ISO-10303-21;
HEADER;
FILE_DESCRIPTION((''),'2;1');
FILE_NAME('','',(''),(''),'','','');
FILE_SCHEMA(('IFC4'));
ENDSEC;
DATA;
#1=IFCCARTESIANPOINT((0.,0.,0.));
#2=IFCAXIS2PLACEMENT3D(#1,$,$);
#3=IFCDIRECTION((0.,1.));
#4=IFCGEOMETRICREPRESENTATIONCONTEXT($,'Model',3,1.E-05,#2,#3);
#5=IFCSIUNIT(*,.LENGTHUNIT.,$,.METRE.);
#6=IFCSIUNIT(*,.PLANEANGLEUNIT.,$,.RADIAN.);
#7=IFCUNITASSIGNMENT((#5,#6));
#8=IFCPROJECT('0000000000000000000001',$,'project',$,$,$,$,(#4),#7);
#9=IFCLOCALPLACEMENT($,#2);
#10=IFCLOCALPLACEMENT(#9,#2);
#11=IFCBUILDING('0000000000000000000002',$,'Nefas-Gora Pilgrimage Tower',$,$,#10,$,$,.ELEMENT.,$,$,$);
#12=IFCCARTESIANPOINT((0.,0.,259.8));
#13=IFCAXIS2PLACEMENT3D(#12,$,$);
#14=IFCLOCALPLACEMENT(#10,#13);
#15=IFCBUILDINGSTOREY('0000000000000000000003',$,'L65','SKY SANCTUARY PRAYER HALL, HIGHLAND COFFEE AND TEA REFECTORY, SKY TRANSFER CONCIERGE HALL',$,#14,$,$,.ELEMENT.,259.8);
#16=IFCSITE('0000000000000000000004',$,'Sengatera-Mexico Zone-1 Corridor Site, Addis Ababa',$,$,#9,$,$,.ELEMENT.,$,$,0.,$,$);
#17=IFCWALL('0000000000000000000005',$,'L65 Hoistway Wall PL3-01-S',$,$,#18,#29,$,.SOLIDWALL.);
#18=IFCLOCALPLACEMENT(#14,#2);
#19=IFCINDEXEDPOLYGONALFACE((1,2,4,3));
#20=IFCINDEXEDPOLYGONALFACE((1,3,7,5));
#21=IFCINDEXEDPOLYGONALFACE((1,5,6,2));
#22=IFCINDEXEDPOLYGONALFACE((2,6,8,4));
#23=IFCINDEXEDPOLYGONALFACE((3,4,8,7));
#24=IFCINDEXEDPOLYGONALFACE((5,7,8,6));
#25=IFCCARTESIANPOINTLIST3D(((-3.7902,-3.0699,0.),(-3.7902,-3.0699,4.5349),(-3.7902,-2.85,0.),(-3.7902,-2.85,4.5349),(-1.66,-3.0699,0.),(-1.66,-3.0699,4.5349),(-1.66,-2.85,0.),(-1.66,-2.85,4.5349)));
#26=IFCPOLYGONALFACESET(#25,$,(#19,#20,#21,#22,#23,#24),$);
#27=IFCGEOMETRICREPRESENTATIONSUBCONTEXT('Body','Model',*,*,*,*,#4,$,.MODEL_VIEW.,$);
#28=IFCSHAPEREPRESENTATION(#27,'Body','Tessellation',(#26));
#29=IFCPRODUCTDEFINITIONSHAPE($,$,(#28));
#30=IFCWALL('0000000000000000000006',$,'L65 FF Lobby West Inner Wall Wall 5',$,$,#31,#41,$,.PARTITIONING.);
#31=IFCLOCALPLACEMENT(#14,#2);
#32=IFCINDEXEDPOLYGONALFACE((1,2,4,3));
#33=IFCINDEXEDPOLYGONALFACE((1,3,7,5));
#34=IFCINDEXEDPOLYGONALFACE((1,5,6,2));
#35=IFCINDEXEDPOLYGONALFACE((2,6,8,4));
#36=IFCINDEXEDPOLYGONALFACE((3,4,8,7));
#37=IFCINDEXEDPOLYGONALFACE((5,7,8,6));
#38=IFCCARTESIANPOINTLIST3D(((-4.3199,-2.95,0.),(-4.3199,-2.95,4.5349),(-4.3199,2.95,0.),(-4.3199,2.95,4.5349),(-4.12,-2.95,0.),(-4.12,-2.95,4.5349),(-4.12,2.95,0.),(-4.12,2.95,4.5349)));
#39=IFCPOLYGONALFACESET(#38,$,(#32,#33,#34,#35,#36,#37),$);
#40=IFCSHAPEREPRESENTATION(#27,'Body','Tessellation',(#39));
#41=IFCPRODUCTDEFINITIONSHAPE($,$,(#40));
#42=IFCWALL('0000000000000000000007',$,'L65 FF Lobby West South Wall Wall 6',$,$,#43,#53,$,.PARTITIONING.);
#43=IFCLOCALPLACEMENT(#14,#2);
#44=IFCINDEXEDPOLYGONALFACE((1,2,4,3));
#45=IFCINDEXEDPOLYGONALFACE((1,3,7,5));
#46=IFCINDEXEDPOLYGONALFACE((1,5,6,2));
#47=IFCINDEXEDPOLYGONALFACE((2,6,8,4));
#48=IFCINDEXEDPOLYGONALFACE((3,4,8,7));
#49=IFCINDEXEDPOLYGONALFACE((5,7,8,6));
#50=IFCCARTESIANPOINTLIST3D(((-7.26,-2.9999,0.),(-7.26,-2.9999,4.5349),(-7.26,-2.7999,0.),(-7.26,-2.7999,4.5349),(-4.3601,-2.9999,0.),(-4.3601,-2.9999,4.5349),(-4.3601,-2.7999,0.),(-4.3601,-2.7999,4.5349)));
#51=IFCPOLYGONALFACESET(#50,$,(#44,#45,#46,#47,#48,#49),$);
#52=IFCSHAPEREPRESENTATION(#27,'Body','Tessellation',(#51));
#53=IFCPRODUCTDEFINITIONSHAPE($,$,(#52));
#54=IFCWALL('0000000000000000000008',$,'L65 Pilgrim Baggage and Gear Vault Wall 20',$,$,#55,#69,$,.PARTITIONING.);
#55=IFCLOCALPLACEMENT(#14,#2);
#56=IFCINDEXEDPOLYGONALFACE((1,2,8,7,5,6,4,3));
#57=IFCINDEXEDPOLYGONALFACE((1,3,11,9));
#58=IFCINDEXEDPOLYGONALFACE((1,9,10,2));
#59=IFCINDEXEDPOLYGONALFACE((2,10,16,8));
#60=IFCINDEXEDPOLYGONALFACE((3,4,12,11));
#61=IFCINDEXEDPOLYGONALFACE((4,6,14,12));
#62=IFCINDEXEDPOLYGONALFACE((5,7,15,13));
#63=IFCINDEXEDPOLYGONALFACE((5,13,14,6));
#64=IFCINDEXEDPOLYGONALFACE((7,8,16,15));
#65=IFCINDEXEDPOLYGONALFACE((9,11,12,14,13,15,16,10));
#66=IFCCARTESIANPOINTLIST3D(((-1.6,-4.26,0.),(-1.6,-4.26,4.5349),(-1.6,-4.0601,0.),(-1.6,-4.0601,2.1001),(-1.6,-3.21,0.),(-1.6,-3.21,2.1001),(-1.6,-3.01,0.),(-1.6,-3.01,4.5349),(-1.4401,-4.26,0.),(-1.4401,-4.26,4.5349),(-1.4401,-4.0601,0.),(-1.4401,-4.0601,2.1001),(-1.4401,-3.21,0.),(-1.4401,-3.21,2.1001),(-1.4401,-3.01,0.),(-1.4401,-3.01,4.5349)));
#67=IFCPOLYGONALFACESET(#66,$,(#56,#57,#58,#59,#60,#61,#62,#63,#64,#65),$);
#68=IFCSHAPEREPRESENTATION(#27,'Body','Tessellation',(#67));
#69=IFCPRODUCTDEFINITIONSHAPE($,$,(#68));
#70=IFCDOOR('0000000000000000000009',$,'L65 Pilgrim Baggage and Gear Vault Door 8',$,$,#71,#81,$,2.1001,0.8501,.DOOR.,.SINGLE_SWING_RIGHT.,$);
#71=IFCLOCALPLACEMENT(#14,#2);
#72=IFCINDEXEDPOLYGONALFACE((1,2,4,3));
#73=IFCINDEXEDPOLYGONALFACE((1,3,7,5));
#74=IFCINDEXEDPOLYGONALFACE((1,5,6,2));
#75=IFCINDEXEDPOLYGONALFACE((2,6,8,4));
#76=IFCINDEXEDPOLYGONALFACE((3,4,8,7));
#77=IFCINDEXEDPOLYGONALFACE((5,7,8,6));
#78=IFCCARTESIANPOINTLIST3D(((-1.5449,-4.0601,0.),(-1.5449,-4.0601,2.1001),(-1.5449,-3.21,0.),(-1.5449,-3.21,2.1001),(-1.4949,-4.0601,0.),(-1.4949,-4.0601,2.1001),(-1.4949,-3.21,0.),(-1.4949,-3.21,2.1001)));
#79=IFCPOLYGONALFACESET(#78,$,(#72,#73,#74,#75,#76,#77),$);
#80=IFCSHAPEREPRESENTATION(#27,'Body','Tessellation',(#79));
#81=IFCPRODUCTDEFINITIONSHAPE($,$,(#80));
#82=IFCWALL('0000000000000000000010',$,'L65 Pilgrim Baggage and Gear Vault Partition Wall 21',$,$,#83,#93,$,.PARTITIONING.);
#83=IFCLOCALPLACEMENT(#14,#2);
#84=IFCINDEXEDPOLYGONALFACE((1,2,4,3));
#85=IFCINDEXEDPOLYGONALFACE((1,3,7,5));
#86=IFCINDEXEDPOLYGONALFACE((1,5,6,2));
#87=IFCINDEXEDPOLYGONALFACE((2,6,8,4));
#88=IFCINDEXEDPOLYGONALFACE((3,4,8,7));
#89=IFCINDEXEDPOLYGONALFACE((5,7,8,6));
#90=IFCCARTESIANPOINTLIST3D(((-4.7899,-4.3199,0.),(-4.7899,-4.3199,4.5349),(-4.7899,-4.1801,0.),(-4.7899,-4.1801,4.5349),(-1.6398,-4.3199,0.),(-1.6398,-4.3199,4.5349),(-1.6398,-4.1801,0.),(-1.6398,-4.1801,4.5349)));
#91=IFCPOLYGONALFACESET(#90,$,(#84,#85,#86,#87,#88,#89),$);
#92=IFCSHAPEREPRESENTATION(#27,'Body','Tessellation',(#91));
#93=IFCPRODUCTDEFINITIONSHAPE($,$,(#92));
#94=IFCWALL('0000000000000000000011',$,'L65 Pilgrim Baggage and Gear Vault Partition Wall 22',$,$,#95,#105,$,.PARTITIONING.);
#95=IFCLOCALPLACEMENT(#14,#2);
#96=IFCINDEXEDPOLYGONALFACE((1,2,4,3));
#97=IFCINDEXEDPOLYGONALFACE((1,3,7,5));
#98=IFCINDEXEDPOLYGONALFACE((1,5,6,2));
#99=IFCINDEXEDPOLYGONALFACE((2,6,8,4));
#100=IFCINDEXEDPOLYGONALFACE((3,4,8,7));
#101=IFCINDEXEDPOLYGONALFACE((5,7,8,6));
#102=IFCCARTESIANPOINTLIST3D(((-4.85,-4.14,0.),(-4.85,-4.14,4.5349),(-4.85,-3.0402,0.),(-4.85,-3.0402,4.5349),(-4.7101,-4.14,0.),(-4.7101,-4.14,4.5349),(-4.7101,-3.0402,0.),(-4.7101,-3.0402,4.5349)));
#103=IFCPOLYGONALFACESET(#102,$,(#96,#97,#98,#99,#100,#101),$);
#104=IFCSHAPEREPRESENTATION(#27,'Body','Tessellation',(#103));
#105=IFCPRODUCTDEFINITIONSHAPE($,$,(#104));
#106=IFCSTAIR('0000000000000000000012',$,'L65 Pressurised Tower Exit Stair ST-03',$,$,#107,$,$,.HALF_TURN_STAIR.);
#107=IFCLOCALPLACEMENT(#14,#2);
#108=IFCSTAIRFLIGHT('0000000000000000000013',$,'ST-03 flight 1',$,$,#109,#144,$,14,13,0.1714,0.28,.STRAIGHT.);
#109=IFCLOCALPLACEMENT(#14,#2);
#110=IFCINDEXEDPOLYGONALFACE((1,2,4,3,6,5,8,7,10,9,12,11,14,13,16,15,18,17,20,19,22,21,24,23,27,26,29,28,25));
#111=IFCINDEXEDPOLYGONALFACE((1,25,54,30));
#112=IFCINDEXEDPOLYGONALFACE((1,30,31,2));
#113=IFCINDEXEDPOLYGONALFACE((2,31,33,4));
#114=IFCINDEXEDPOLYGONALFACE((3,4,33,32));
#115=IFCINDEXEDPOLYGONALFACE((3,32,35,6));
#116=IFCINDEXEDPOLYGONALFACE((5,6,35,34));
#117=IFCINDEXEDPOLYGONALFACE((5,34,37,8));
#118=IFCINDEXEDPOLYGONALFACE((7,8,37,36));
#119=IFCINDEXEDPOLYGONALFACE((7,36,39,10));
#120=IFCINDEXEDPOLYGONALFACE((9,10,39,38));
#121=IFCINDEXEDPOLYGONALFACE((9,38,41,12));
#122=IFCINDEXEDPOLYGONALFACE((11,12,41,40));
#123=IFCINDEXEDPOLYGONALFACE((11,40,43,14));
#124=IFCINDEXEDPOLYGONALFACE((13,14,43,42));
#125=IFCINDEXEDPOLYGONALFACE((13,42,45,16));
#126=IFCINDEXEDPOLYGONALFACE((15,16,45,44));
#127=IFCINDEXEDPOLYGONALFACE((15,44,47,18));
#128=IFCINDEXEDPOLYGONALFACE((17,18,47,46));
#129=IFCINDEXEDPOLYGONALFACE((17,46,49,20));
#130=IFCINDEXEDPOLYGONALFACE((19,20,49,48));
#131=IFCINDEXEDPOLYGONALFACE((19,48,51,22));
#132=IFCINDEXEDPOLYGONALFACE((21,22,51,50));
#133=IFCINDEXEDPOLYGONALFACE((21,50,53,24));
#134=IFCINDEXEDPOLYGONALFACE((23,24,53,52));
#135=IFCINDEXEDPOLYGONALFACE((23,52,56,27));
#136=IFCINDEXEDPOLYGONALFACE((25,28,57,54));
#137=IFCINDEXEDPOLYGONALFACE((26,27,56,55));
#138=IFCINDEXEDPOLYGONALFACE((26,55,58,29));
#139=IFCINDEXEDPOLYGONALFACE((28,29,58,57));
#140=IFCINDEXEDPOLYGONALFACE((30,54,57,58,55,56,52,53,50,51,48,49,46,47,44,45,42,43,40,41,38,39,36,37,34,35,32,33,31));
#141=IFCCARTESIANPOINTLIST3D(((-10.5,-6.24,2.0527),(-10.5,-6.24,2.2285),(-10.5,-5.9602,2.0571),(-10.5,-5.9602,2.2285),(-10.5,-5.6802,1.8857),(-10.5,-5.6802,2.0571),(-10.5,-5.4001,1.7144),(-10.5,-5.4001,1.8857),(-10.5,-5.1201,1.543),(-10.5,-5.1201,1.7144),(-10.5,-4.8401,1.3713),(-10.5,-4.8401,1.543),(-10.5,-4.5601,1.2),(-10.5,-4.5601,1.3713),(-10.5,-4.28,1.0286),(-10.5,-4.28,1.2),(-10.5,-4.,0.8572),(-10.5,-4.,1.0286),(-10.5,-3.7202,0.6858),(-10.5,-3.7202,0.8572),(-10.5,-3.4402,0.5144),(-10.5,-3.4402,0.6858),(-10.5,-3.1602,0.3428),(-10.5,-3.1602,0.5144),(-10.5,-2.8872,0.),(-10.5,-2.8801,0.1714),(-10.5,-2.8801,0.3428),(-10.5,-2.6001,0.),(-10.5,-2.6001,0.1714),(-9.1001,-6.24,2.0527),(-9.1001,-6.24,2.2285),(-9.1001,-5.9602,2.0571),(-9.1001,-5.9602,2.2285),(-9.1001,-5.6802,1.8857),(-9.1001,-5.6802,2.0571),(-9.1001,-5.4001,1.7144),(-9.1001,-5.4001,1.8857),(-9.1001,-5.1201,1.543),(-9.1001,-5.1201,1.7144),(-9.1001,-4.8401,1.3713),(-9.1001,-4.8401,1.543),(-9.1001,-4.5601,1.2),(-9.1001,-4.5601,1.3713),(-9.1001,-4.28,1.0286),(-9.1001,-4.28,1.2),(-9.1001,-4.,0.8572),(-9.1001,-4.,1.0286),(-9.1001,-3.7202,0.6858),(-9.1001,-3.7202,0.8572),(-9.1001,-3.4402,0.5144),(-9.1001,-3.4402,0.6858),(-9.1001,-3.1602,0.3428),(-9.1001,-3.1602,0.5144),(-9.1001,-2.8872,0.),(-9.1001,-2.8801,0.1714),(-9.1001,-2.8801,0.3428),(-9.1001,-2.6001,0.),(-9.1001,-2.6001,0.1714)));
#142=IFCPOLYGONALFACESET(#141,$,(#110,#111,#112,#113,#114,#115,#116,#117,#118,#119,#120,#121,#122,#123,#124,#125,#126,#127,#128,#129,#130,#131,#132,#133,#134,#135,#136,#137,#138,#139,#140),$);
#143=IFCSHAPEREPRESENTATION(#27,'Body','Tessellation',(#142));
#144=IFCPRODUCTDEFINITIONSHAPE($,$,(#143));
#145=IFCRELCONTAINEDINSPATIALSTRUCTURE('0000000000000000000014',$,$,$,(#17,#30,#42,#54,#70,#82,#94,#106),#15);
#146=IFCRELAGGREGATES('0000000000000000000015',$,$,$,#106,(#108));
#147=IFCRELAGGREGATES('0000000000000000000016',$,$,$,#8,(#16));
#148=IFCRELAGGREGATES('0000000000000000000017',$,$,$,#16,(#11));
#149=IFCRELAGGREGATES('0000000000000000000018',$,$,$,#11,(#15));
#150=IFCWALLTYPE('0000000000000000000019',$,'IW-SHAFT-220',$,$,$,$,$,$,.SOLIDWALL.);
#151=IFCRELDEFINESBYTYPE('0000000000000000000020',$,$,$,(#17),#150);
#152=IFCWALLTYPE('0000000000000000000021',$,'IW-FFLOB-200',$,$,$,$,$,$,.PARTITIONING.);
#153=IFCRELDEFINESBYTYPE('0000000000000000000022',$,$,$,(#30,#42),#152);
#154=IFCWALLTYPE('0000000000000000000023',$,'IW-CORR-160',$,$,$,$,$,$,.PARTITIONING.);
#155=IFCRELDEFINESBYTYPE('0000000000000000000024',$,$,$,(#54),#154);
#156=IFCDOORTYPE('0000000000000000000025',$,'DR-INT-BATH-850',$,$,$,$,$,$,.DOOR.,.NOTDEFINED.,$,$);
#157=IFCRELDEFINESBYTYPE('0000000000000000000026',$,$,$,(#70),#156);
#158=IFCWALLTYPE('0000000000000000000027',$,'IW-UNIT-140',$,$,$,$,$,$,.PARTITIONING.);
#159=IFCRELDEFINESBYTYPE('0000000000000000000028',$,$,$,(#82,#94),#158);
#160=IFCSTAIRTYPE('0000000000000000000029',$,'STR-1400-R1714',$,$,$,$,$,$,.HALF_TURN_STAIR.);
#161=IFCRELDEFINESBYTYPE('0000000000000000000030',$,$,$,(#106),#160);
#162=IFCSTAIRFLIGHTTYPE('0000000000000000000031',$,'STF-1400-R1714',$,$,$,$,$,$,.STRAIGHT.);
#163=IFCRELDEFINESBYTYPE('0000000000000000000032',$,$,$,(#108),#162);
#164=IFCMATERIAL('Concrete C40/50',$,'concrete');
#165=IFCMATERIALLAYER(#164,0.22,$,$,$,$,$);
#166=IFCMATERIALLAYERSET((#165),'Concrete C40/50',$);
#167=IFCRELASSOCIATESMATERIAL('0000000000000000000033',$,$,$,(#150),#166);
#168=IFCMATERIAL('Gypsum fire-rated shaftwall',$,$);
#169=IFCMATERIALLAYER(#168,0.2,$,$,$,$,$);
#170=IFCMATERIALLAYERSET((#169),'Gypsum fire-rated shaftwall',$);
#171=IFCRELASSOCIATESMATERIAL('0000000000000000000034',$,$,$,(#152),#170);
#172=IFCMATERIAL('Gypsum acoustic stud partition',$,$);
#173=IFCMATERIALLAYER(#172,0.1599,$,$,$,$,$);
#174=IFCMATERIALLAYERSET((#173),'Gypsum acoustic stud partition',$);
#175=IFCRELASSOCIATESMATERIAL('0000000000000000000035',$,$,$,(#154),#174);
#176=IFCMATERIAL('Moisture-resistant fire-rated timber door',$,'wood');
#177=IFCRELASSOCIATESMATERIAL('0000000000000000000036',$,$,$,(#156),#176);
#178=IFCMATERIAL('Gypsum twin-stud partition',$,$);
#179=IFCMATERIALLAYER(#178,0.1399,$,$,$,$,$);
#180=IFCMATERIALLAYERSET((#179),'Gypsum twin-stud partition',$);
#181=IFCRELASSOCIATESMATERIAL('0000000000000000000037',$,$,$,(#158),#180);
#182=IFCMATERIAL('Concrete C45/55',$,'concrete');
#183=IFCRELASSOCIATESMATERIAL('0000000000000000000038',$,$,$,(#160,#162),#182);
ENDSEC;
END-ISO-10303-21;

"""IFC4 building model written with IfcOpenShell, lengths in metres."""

from ifc_helpers import new_model, si_unit, direction, frame, frame_2d, origin, place, context, subcontext, project, spatial, polyline, rectangle, outline, extrude, source, transform, mapped, material, layer, layer_set, type_object, element, fill, aggregate, save


model = new_model("IFC4")

# Units and contexts
model_context = context("Model", 3, precision=1e-05, world=origin(), true_north=direction((0.0, 1.0)))
body_context = subcontext(model_context, "Body", "Model", "MODEL_VIEW")
ifc_project = project(units=[si_unit("LENGTHUNIT", "METRE"), si_unit("PLANEANGLEUNIT", "RADIAN")], contexts=[model_context])

# Site, building, storey
site_placement = place(None, origin())
site = spatial("IfcSite", under=ifc_project, at=site_placement, Name="Sengatera-Mexico Zone-1 Corridor Site, Addis Ababa", CompositionType="ELEMENT", RefElevation=0.0)
building_placement = place(site_placement, origin())
building = spatial("IfcBuilding", under=site, at=building_placement, Name="Nefas-Gora Pilgrimage Tower", CompositionType="ELEMENT")
storey_placement = place(building_placement, frame((0.0, 0.0, 259.8)))
storey = spatial("IfcBuildingStorey", under=building, at=storey_placement, Name="L65", Description="SKY SANCTUARY PRAYER HALL, HIGHLAND COFFEE AND TEA REFECTORY, SKY TRANSFER CONCIERGE HALL", CompositionType="ELEMENT", Elevation=259.8)

# Shared definitions
ifc_material_1 = material(Name="Concrete C45/55", Category="concrete")

# Shared definitions
ifc_material_2 = material(Name="Concrete C40/50", Category="concrete")
ifc_layer_1 = layer(ifc_material_2, 0.22)
ifc_layer_set_1 = layer_set([ifc_layer_1], Name="Concrete C40/50")
wall_type_1 = type_object("IfcWallType", Name="IW-SHAFT-220", PredefinedType="SOLIDWALL", material=ifc_layer_set_1)

# Walls
shared_shape_1 = source(origin(), body_context, "Body", "SweptSolid", [
    extrude(rectangle(XDim=2.1301, YDim=0.22, at=frame_2d((1.0649, 0.0))), origin(), (0.0, 0.0, 1.0), 4.5349),
])
wall_1_placement = place(storey_placement, frame((-3.79, -2.96, 0.0), z_axis=(0.0, 0.0, 1.0), x_axis=(1.0, 0.0, 0.0)))
element("IfcWall", 1, at=wall_1_placement, inside=storey, type_object=wall_type_1, Name="L65 Hoistway Wall PL3-01-S", PredefinedType="SOLIDWALL", context=body_context, shape_type="MappedRepresentation", body=[
    mapped(shared_shape_1, transform((0.0, 0.0, 0.0), x_axis=(1.0, 0.0, 0.0), y_axis=(0.0, 1.0, 0.0), z_axis=(0.0, 0.0, 1.0), scale=1.0)),
])
ifc_material_3 = material(Name="Gypsum fire-rated shaftwall")
ifc_layer_2 = layer(ifc_material_3, 0.2)
ifc_layer_set_2 = layer_set([ifc_layer_2], Name="Gypsum fire-rated shaftwall")
wall_type_2 = type_object("IfcWallType", Name="IW-FFLOB-200", PredefinedType="PARTITIONING", material=ifc_layer_set_2)
shared_shape_2 = source(origin(), body_context, "Body", "SweptSolid", [
    extrude(rectangle(XDim=5.8999, YDim=0.2, at=frame_2d((2.95, 0.0))), origin(), (0.0, 0.0, 1.0), 4.5349),
])
wall_2_placement = place(storey_placement, frame((-4.22, -2.95, 0.0), z_axis=(0.0, 0.0, 1.0), x_axis=(0.0, 1.0, 0.0)))
element("IfcWall", 2, at=wall_2_placement, inside=storey, type_object=wall_type_2, Name="L65 FF Lobby West Inner Wall Wall 5", PredefinedType="PARTITIONING", context=body_context, shape_type="MappedRepresentation", body=[
    mapped(shared_shape_2, transform((0.0, 0.0, 0.0), x_axis=(1.0, 0.0, 0.0), y_axis=(0.0, 1.0, 0.0), z_axis=(0.0, 0.0, 1.0), scale=1.0)),
])
shared_shape_3 = source(origin(), body_context, "Body", "SweptSolid", [
    extrude(rectangle(XDim=2.8999, YDim=0.2, at=frame_2d((1.45, 0.0))), origin(), (0.0, 0.0, 1.0), 4.5349),
])
wall_3_placement = place(storey_placement, frame((-7.26, -2.8999, 0.0), z_axis=(0.0, 0.0, 1.0), x_axis=(1.0, 0.0, 0.0)))
element("IfcWall", 3, at=wall_3_placement, inside=storey, type_object=wall_type_2, Name="L65 FF Lobby West South Wall Wall 6", PredefinedType="PARTITIONING", context=body_context, shape_type="MappedRepresentation", body=[
    mapped(shared_shape_3, transform((0.0, 0.0, 0.0), x_axis=(1.0, 0.0, 0.0), y_axis=(0.0, 1.0, 0.0), z_axis=(0.0, 0.0, 1.0), scale=1.0)),
])

# Wall, opening, door
ifc_material_4 = material(Name="Gypsum acoustic stud partition")
ifc_layer_3 = layer(ifc_material_4, 0.1599)
ifc_layer_set_3 = layer_set([ifc_layer_3], Name="Gypsum acoustic stud partition")
wall_type_3 = type_object("IfcWallType", Name="IW-CORR-160", PredefinedType="PARTITIONING", material=ifc_layer_set_3)
shared_shape_4 = source(origin(), body_context, "Body", "SweptSolid", [
    extrude(rectangle(XDim=1.25, YDim=0.1599, at=frame_2d((0.625, 0.0))), origin(), (0.0, 0.0, 1.0), 4.5349),
])
wall_4_placement = place(storey_placement, frame((-1.52, -4.26, 0.0), z_axis=(0.0, 0.0, 1.0), x_axis=(0.0, 1.0, 0.0)))
wall_4 = element("IfcWall", 4, at=wall_4_placement, inside=storey, type_object=wall_type_3, Name="L65 Pilgrim Baggage and Gear Vault Wall 20", PredefinedType="PARTITIONING", context=body_context, shape_type="MappedRepresentation", body=[
    mapped(shared_shape_4, transform((0.0, 0.0, 0.0), x_axis=(1.0, 0.0, 0.0), y_axis=(0.0, 1.0, 0.0), z_axis=(0.0, 0.0, 1.0), scale=1.0)),
])
opening_1_placement = place(wall_4_placement, frame((0.2, 0.0, 0.0)))
opening_1 = element("IfcOpeningElement", 5, at=opening_1_placement, cuts=wall_4, PredefinedType="OPENING", context=body_context, shape_type="SweptSolid", body=[
    extrude(rectangle(XDim=0.8501, YDim=2.1001, at=frame_2d((0.425, 1.05))), frame((0.0, 0.0898, 0.0), z_axis=(0.0, -1.0, 0.0), x_axis=(1.0, 0.0, 0.0)), (0.0, 0.0, 1.0), 0.1799),
])
ifc_material_5 = material(Name="Moisture-resistant fire-rated timber door", Category="wood")
door_type_1 = type_object("IfcDoorType", Name="DR-INT-BATH-850", OperationType="NOTDEFINED", PredefinedType="DOOR", material=ifc_material_5)
shared_shape_5 = source(origin(), body_context, "Body", "SweptSolid", [
    extrude(rectangle(XDim=0.8501, YDim=2.1001, at=frame_2d((0.425, 1.05))), frame((0.0, 0.0249, 0.0), z_axis=(0.0, -1.0, 0.0), x_axis=(1.0, 0.0, 0.0)), (0.0, 0.0, 1.0), 0.05),
])
door_1_placement = place(opening_1_placement, origin())
door_1 = element("IfcDoor", 6, at=door_1_placement, inside=storey, type_object=door_type_1, Name="L65 Pilgrim Baggage and Gear Vault Door 8", OperationType="SINGLE_SWING_RIGHT", OverallHeight=2.1001, OverallWidth=0.8501, PredefinedType="DOOR", context=body_context, shape_type="MappedRepresentation", body=[
    mapped(shared_shape_5, transform((0.0, 0.0, 0.0), x_axis=(1.0, 0.0, 0.0), y_axis=(0.0, 1.0, 0.0), z_axis=(0.0, 0.0, 1.0), scale=1.0)),
])
fill(opening_1, door_1)

# Walls
ifc_material_6 = material(Name="Gypsum twin-stud partition")
ifc_layer_4 = layer(ifc_material_6, 0.1399)
ifc_layer_set_4 = layer_set([ifc_layer_4], Name="Gypsum twin-stud partition")
wall_type_4 = type_object("IfcWallType", Name="IW-UNIT-140", PredefinedType="PARTITIONING", material=ifc_layer_set_4)
shared_shape_6 = source(origin(), body_context, "Body", "SweptSolid", [
    extrude(rectangle(XDim=3.1501, YDim=0.1399, at=frame_2d((1.5752, 0.0))), origin(), (0.0, 0.0, 1.0), 4.5349),
])
wall_5_placement = place(storey_placement, frame((-4.79, -4.25, 0.0), z_axis=(0.0, 0.0, 1.0), x_axis=(1.0, 0.0, 0.0)))
element("IfcWall", 7, at=wall_5_placement, inside=storey, type_object=wall_type_4, Name="L65 Pilgrim Baggage and Gear Vault Partition Wall 21", PredefinedType="PARTITIONING", context=body_context, shape_type="MappedRepresentation", body=[
    mapped(shared_shape_6, transform((0.0, 0.0, 0.0), x_axis=(1.0, 0.0, 0.0), y_axis=(0.0, 1.0, 0.0), z_axis=(0.0, 0.0, 1.0), scale=1.0)),
])
shared_shape_7 = source(origin(), body_context, "Body", "SweptSolid", [
    extrude(rectangle(XDim=1.0999, YDim=0.1399, at=frame_2d((0.5498, 0.0))), origin(), (0.0, 0.0, 1.0), 4.5349),
])
wall_6_placement = place(storey_placement, frame((-4.78, -4.1399, 0.0), z_axis=(0.0, 0.0, 1.0), x_axis=(0.0, 1.0, 0.0)))
element("IfcWall", 8, at=wall_6_placement, inside=storey, type_object=wall_type_4, Name="L65 Pilgrim Baggage and Gear Vault Partition Wall 22", PredefinedType="PARTITIONING", context=body_context, shape_type="MappedRepresentation", body=[
    mapped(shared_shape_7, transform((0.0, 0.0, 0.0), x_axis=(1.0, 0.0, 0.0), y_axis=(0.0, 1.0, 0.0), z_axis=(0.0, 0.0, 1.0), scale=1.0)),
])

# Stair, stair flight
stair_type = type_object("IfcStairType", Name="STR-1400-R1714", PredefinedType="HALF_TURN_STAIR", material=ifc_material_1)
stair_placement = place(storey_placement, origin())
stair = element("IfcStair", 9, at=stair_placement, inside=storey, type_object=stair_type, Name="L65 Pressurised Tower Exit Stair ST-03", PredefinedType="HALF_TURN_STAIR")
stair_flight_type = type_object("IfcStairFlightType", Name="STF-1400-R1714", PredefinedType="STRAIGHT", material=ifc_material_1)
shared_shape_8 = source(origin(), body_context, "Body", "SweptSolid", [
    extrude(outline(polyline([(0.0, 0.0), (0.0, 0.1714), (0.28, 0.1714), (0.28, 0.3428), (0.5601, 0.3428), (0.5601, 0.5144), (0.8401, 0.5144), (0.8401, 0.6858), (1.1201, 0.6858), (1.1201, 0.8572), (1.3999, 0.8572), (1.3999, 1.0286), (1.6799, 1.0286), (1.6799, 1.2), (1.96, 1.2), (1.96, 1.3713), (2.24, 1.3713), (2.24, 1.543), (2.52, 1.543), (2.52, 1.7144), (2.8, 1.7144), (2.8, 1.8857), (3.0801, 1.8857), (3.0801, 2.0571), (3.3601, 2.0571), (3.3601, 2.2285), (3.6399, 2.2285), (3.6399, 2.3999), (3.6399, 2.0527), (0.2871, 0.0), (0.0, 0.0)])), frame((0.0, 0.7, 0.0), z_axis=(0.0, -1.0, 0.0), x_axis=(1.0, 0.0, 0.0)), (0.0, 0.0, 1.0), 1.3999),
])
stair_flight_placement = place(storey_placement, frame((-9.8, -2.6001, 0.0), z_axis=(0.0, 0.0, 1.0), x_axis=(0.0, -1.0, 0.0)))
stair_flight = element("IfcStairFlight", 10, at=stair_flight_placement, type_object=stair_flight_type, Name="ST-03 flight 1", NumberOfRisers=14, NumberOfTreads=13, PredefinedType="STRAIGHT", RiserHeight=0.1714, TreadLength=0.28, context=body_context, shape_type="MappedRepresentation", body=[
    mapped(shared_shape_8, transform((0.0, 0.0, 0.0), x_axis=(1.0, 0.0, 0.0), y_axis=(0.0, 1.0, 0.0), z_axis=(0.0, 0.0, 1.0), scale=1.0)),
])
aggregate(stair, [stair_flight])

save(model, "model.ifc")
